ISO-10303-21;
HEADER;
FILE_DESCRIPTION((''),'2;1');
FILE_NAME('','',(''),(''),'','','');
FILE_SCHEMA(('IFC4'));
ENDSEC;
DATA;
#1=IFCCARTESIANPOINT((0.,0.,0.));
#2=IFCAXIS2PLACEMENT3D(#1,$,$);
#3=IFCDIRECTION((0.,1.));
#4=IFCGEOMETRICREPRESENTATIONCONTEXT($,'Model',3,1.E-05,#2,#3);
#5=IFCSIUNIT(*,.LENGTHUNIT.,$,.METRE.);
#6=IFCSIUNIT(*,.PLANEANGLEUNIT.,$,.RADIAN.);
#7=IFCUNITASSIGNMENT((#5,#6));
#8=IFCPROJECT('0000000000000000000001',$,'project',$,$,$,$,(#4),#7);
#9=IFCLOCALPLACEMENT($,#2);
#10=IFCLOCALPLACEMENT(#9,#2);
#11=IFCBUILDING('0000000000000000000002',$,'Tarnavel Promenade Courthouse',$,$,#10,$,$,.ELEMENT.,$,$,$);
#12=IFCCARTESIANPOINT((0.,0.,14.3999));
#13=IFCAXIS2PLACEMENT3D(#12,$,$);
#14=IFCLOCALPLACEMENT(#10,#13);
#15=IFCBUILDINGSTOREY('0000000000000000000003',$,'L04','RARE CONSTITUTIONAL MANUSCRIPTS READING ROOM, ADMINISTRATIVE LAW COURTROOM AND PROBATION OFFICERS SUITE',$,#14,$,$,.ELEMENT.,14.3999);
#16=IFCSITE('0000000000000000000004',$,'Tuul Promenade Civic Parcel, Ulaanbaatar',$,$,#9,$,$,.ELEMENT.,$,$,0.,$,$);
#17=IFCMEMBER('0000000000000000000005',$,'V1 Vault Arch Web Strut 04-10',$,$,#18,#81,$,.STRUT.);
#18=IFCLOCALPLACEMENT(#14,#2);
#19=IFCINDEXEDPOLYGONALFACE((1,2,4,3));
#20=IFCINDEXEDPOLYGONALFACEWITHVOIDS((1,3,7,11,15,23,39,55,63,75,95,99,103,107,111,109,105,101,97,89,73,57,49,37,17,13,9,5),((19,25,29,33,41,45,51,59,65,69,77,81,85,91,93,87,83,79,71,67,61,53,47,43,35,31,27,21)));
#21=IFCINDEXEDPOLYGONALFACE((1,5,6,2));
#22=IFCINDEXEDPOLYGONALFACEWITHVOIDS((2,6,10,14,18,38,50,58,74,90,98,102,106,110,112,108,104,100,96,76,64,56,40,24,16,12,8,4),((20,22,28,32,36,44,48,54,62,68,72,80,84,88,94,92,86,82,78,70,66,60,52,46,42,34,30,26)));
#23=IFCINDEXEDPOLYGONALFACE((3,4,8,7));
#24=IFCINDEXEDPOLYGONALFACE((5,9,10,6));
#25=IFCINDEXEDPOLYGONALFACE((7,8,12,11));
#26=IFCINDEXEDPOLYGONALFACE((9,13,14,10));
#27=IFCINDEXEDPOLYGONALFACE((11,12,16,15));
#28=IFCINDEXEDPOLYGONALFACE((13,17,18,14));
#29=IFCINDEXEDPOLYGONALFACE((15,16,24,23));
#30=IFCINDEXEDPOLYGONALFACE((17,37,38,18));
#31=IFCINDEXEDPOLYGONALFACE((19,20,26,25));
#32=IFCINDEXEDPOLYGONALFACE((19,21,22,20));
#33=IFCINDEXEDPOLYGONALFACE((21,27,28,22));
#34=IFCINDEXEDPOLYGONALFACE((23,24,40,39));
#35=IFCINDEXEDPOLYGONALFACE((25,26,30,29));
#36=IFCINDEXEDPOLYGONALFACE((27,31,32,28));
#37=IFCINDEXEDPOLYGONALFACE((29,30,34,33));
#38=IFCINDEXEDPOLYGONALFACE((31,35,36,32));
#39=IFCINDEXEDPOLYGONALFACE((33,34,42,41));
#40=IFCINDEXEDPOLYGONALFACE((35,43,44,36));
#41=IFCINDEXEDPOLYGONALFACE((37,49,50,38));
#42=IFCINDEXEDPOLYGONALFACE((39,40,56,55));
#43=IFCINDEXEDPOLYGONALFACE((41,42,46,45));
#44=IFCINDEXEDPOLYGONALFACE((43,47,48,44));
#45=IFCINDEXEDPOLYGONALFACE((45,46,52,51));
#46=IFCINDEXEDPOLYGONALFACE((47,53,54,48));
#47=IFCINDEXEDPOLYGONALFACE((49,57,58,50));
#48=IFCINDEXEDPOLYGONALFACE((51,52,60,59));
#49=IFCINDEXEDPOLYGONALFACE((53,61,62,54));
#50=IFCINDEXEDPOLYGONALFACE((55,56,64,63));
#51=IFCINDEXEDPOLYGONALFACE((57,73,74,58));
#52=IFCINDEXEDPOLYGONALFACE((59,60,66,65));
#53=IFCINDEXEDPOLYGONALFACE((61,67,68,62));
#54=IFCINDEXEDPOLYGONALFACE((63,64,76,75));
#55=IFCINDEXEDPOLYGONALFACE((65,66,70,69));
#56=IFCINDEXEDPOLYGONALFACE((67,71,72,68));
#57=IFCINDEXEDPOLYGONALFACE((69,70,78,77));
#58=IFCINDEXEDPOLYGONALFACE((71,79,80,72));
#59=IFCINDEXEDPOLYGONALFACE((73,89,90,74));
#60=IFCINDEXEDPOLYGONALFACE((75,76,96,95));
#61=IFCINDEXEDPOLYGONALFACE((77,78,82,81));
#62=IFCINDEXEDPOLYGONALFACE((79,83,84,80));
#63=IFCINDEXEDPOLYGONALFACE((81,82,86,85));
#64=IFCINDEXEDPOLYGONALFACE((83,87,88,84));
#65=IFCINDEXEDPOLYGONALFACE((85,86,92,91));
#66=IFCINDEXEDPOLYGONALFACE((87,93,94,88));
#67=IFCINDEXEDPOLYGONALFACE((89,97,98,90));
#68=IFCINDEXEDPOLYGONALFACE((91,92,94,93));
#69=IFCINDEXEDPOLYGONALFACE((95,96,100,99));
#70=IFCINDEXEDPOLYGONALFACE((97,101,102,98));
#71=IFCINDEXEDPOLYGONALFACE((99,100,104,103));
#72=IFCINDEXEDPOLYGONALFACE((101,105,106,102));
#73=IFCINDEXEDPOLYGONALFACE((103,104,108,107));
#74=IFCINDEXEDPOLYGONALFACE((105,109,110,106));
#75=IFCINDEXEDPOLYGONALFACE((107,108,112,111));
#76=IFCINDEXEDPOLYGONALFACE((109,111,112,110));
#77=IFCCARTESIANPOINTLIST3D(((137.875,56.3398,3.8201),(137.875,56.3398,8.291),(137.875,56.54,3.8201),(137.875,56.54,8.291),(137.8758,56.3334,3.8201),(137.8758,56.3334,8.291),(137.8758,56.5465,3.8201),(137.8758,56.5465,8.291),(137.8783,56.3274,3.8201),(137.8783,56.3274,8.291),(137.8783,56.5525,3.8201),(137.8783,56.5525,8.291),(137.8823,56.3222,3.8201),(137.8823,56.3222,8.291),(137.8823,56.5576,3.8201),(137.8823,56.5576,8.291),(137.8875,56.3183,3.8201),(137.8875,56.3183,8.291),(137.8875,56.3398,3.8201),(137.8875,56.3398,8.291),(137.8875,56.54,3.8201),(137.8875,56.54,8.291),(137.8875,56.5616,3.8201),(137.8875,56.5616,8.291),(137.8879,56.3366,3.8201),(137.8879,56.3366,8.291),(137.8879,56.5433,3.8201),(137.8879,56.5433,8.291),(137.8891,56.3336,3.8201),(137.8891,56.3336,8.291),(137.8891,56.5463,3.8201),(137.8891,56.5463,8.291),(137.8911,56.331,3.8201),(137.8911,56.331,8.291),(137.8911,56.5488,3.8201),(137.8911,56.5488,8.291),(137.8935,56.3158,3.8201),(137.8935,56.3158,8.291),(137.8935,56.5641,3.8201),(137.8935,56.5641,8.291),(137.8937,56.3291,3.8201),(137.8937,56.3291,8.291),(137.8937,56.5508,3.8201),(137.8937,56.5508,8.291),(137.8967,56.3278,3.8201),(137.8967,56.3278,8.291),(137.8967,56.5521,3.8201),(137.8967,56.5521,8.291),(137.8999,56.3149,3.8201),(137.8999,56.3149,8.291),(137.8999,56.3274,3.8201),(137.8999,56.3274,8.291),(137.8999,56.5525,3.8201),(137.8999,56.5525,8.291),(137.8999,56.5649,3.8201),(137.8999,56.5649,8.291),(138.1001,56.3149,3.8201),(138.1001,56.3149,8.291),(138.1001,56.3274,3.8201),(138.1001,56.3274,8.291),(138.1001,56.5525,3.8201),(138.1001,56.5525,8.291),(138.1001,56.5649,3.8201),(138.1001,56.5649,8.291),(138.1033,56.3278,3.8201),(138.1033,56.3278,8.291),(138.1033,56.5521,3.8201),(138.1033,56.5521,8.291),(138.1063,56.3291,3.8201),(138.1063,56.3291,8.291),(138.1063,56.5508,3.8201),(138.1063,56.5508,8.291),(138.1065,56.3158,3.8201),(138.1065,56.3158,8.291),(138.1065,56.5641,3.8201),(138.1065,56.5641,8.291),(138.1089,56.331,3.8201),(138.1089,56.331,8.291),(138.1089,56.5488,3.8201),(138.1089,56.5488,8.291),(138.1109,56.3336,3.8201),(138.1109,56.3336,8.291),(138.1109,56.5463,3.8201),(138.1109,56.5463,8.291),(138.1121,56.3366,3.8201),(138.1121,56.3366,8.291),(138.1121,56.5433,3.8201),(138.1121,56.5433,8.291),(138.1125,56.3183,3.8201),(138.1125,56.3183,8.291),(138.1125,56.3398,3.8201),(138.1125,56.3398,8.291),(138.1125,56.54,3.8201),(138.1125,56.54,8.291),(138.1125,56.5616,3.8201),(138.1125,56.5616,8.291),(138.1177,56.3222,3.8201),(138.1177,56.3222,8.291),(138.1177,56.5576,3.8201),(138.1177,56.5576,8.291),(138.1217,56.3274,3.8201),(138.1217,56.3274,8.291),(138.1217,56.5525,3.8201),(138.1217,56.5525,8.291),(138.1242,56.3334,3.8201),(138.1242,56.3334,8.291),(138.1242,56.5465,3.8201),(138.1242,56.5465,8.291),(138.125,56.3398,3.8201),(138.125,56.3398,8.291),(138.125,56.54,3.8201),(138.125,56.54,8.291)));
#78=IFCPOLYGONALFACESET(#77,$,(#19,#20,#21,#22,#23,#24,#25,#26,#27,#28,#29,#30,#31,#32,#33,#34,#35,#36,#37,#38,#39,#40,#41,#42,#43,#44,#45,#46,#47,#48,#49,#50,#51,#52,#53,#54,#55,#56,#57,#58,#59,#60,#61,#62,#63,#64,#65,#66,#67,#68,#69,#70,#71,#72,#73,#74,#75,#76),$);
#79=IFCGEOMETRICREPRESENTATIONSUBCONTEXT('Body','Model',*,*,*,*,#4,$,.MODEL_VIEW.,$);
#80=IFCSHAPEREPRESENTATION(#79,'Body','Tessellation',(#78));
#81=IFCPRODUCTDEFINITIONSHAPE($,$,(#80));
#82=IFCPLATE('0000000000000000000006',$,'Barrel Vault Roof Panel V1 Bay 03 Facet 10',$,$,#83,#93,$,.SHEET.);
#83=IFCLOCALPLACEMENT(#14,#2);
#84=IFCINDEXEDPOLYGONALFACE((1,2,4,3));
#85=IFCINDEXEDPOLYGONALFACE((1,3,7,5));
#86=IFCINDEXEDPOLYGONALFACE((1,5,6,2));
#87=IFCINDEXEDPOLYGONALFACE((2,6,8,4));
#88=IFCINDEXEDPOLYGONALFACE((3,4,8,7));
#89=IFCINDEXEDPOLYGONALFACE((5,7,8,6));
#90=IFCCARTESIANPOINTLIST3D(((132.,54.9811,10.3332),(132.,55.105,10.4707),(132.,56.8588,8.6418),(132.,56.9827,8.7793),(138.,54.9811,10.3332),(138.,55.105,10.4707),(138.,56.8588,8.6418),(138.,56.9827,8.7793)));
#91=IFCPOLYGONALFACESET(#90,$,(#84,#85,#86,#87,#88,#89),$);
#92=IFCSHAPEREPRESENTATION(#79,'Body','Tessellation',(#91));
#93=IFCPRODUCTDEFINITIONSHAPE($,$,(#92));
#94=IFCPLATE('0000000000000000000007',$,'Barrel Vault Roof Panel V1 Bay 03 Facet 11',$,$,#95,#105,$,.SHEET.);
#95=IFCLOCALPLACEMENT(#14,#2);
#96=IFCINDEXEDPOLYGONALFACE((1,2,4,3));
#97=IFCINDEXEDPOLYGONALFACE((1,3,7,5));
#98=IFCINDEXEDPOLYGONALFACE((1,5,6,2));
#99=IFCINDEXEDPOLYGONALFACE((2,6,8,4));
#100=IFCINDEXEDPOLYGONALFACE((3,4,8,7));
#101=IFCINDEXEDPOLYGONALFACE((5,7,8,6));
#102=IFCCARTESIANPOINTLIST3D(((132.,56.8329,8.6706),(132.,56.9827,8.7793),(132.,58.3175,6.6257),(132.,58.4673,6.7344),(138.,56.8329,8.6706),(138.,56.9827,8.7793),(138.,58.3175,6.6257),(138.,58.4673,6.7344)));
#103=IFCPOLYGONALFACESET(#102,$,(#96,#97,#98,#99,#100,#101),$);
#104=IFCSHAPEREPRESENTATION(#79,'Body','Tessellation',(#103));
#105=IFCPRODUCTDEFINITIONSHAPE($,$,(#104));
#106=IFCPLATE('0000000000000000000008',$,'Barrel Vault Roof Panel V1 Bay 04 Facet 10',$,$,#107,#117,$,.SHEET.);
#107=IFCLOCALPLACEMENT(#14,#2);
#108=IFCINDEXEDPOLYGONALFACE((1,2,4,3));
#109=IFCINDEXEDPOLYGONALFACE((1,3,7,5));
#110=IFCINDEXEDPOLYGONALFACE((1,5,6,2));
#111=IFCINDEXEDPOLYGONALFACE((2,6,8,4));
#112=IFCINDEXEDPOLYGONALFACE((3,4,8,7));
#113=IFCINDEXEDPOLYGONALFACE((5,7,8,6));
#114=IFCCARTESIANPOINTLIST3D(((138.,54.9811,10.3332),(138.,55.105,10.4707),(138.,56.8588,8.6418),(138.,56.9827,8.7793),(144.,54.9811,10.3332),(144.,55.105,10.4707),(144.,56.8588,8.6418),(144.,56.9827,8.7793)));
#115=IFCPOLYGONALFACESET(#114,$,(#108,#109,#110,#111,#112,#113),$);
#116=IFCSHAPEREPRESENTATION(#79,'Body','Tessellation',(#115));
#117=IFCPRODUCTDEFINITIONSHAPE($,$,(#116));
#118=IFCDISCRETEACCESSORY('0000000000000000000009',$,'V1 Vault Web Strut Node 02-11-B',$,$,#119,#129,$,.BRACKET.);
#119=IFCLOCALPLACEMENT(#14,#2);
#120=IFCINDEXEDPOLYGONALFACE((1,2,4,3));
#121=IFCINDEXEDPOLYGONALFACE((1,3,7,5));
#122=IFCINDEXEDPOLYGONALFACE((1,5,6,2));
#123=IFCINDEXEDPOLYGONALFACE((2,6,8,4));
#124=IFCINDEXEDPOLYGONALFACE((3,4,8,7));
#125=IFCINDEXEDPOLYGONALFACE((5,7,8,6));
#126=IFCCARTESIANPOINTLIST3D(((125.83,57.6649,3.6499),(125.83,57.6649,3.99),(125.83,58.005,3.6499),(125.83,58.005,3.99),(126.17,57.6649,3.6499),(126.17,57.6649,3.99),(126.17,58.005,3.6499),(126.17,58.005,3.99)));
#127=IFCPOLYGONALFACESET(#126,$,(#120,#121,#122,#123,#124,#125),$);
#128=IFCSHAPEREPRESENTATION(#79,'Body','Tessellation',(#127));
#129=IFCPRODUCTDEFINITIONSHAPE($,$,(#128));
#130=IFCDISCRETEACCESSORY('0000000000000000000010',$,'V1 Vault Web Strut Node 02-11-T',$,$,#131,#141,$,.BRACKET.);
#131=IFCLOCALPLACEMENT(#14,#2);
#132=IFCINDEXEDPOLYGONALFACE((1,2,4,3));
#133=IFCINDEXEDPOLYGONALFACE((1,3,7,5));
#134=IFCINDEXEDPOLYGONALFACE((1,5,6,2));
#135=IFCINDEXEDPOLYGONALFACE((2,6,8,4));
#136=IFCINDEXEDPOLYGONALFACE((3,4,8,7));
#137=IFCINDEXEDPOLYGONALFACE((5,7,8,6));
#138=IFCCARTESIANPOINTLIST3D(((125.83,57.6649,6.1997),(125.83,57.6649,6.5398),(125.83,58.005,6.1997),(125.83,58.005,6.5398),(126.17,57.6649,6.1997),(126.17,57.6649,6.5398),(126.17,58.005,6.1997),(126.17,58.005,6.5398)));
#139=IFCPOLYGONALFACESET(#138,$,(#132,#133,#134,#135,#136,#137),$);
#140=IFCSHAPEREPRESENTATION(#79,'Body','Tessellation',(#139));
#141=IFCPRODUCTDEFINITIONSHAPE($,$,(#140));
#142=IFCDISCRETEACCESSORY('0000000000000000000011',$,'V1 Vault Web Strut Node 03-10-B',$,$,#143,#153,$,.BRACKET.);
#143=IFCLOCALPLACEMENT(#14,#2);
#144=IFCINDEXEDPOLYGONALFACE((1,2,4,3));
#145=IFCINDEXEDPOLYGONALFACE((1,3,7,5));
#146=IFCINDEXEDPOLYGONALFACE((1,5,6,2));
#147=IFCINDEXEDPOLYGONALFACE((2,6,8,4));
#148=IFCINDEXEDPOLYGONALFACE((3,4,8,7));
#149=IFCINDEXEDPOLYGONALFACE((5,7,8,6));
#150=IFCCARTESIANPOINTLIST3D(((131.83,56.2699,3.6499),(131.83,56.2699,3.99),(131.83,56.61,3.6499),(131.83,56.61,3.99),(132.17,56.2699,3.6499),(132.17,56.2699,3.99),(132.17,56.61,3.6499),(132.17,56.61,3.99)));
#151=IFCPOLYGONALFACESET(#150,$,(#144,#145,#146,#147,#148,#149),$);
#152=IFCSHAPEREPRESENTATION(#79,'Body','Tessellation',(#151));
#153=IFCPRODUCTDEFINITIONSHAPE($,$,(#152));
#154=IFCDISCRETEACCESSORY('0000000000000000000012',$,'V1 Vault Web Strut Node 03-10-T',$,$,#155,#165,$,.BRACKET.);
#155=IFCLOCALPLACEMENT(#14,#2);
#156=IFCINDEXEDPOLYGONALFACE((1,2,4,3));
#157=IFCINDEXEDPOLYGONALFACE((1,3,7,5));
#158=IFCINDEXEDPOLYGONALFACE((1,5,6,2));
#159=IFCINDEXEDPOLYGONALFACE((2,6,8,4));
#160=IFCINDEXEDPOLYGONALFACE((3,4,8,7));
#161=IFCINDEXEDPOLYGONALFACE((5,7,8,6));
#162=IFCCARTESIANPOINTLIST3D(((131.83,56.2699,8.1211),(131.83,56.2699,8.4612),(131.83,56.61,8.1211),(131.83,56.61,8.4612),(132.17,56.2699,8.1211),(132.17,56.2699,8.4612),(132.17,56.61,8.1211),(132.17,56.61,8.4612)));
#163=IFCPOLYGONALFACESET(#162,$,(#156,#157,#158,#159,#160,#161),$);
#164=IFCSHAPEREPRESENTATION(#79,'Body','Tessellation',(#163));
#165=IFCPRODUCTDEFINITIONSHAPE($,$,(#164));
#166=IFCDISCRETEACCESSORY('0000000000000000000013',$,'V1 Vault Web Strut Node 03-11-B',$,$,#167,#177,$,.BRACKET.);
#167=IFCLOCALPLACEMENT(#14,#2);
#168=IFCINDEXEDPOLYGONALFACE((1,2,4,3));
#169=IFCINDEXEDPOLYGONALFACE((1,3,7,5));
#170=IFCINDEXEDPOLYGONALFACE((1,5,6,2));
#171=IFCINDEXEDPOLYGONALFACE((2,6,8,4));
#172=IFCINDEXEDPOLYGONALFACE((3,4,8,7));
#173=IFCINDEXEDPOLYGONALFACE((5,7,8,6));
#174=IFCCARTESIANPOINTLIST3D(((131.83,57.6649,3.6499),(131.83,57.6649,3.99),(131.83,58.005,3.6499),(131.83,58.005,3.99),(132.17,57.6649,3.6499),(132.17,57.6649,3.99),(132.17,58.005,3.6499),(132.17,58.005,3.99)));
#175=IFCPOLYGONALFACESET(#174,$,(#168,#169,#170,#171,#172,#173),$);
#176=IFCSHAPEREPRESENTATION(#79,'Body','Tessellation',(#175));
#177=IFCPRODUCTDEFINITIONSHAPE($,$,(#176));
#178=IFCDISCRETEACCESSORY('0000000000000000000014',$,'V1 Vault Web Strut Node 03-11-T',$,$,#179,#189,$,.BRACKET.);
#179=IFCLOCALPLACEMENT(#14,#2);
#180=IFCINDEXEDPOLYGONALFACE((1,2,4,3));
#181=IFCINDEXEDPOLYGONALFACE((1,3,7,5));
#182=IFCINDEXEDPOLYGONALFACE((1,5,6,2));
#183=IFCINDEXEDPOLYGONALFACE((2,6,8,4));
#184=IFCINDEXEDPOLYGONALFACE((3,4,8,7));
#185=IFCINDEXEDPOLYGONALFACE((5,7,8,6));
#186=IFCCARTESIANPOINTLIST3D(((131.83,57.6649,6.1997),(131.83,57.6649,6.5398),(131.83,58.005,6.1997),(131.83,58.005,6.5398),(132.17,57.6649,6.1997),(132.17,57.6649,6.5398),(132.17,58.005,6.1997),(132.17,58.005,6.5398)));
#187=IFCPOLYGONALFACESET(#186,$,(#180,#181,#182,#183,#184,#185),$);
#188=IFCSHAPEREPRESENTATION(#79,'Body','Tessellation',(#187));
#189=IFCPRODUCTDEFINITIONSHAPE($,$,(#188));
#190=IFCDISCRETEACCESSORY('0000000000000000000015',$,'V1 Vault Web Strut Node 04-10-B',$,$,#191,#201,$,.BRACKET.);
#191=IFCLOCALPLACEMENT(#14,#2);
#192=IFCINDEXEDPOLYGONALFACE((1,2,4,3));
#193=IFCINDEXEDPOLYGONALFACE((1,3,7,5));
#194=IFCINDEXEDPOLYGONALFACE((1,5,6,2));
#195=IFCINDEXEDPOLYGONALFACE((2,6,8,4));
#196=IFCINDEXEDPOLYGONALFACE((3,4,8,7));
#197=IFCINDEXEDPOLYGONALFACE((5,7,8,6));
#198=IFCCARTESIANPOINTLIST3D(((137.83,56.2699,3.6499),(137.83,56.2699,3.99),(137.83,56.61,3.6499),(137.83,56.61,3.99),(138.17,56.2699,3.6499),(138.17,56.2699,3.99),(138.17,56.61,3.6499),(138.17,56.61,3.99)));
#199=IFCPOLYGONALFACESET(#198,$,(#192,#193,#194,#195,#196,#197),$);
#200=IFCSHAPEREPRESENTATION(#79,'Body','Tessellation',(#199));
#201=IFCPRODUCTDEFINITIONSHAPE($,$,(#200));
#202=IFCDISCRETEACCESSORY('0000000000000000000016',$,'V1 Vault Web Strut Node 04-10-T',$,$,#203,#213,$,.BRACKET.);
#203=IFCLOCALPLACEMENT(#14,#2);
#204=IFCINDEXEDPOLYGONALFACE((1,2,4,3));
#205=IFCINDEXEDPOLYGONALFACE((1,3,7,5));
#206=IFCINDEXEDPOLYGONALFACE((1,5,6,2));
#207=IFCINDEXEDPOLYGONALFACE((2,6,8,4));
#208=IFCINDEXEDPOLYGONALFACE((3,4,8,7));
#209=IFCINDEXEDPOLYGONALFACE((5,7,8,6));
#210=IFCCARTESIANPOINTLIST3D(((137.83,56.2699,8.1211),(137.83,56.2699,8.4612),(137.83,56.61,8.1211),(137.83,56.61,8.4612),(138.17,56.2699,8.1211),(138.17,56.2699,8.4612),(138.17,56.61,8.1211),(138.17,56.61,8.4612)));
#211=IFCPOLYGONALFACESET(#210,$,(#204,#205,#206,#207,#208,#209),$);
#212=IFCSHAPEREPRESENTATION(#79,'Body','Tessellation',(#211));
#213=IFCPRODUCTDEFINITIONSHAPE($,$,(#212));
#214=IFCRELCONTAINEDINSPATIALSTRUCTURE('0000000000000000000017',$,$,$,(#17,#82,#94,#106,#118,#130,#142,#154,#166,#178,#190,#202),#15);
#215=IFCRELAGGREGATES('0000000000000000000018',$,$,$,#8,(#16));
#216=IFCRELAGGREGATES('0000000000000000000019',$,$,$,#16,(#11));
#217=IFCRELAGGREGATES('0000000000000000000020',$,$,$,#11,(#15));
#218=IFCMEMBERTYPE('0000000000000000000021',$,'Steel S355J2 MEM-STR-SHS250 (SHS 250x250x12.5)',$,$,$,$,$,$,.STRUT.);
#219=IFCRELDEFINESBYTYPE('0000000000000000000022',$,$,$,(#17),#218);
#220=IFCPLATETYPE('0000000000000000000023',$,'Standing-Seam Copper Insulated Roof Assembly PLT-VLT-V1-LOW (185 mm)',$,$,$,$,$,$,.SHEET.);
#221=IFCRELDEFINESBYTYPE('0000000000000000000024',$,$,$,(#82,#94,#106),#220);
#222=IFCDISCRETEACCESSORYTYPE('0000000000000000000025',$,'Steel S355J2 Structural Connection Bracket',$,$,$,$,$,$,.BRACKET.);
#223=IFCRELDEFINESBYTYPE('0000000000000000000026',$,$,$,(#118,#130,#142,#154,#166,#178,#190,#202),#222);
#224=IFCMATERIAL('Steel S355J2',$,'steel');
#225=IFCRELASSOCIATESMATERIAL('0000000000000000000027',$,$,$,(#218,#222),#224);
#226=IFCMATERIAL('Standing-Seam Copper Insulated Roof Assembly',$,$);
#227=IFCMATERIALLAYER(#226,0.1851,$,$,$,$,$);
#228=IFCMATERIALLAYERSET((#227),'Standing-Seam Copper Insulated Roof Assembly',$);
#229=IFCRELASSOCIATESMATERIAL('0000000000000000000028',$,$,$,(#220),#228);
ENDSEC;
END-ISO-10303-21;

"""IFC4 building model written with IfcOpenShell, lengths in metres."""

from ifc_helpers import new_model, si_unit, direction, frame, origin, origin_2d, place, context, subcontext, project, spatial, polyline, rectangle, hollow_rectangle, outline, extrude, material, layer, layer_set, material_profile, profile_set, type_object, element, save


model = new_model("IFC4")

# Units and contexts
model_context = context("Model", 3, precision=1e-05, world=origin(), true_north=direction((0.0, 1.0)))
body_context = subcontext(model_context, "Body", "Model", "MODEL_VIEW")
ifc_project = project(units=[si_unit("LENGTHUNIT", "METRE"), si_unit("PLANEANGLEUNIT", "RADIAN")], contexts=[model_context])

# Site, building, storey
site_placement = place(None, origin())
site = spatial("IfcSite", under=ifc_project, at=site_placement, Name="Tuul Promenade Civic Parcel, Ulaanbaatar", CompositionType="ELEMENT", RefElevation=0.0)
building_placement = place(site_placement, origin())
building = spatial("IfcBuilding", under=site, at=building_placement, Name="Tarnavel Promenade Courthouse", CompositionType="ELEMENT")
storey_placement = place(building_placement, frame((0.0, 0.0, 14.3999)))
storey = spatial("IfcBuildingStorey", under=building, at=storey_placement, Name="L04", Description="RARE CONSTITUTIONAL MANUSCRIPTS READING ROOM, ADMINISTRATIVE LAW COURTROOM AND PROBATION OFFICERS SUITE", CompositionType="ELEMENT", Elevation=14.3999)

# Shared definitions
ifc_material_1 = material(Name="Steel S355J2", Category="steel")

# Member
ifc_material_profile_1 = material_profile(ifc_material_1, hollow_rectangle(XDim=0.25, YDim=0.25, WallThickness=0.0125, InnerFilletRadius=0.0125, OuterFilletRadius=0.0249, at=origin_2d()), Name="SHS 250x250x12.5")
ifc_profile_set_1 = profile_set([ifc_material_profile_1], Name="Steel S355J2")
member_type_1 = type_object("IfcMemberType", Name="Steel S355J2 MEM-STR-SHS250 (SHS 250x250x12.5)", PredefinedType="STRUT", material=ifc_profile_set_1)
member_1_placement = place(storey_placement, frame((138.0, 56.4399, 3.8201), z_axis=(0.0, 0.0, 1.0), x_axis=(1.0, 0.0, 0.0)))
element("IfcMember", 1, at=member_1_placement, inside=storey, type_object=member_type_1, Name="V1 Vault Arch Web Strut 04-10", PredefinedType="STRUT", context=body_context, shape_type="SweptSolid", body=[
    extrude(hollow_rectangle(XDim=0.25, YDim=0.25, WallThickness=0.0125, InnerFilletRadius=0.0125, OuterFilletRadius=0.0249, at=origin_2d()), origin(), (0.0, 0.0, 1.0), 4.4709),
])

# Plates
ifc_material_2 = material(Name="Standing-Seam Copper Insulated Roof Assembly")
ifc_layer = layer(ifc_material_2, 0.1851)
ifc_layer_set = layer_set([ifc_layer], Name="Standing-Seam Copper Insulated Roof Assembly")
plate_type = type_object("IfcPlateType", Name="Standing-Seam Copper Insulated Roof Assembly PLT-VLT-V1-LOW (185 mm)", PredefinedType="SHEET", material=ifc_layer_set)
plate_1_placement = place(storey_placement, frame((132.0, 55.105, 10.4707), z_axis=(0.0, 0.66929, 0.743001), x_axis=(1.0, 0.0, 0.0)))
element("IfcPlate", 2, at=plate_1_placement, inside=storey, type_object=plate_type, Name="Barrel Vault Roof Panel V1 Bay 03 Facet 10", PredefinedType="SHEET", context=body_context, shape_type="SweptSolid", body=[
    extrude(outline(polyline([(0.0, 0.0), (6.0, 0.0), (6.0, 2.5272), (0.0, 2.5272), (0.0, 0.0)])), origin(), (0.0, 0.0, -1.0), 0.1851),
])
plate_2_placement = place(storey_placement, frame((132.0, 56.9827, 8.7793), z_axis=(0.0, 0.809225, 0.587499), x_axis=(1.0, 0.0, 0.0)))
element("IfcPlate", 3, at=plate_2_placement, inside=storey, type_object=plate_type, Name="Barrel Vault Roof Panel V1 Bay 03 Facet 11", PredefinedType="SHEET", context=body_context, shape_type="SweptSolid", body=[
    extrude(outline(polyline([(0.0, 0.0), (6.0, 0.0), (6.0, 2.527), (0.0, 2.527), (0.0, 0.0)])), origin(), (0.0, 0.0, -1.0), 0.1851),
])
plate_3_placement = place(storey_placement, frame((138.0, 55.105, 10.4707), z_axis=(0.0, 0.66929, 0.743001), x_axis=(1.0, 0.0, 0.0)))
element("IfcPlate", 4, at=plate_3_placement, inside=storey, type_object=plate_type, Name="Barrel Vault Roof Panel V1 Bay 04 Facet 10", PredefinedType="SHEET", context=body_context, shape_type="SweptSolid", body=[
    extrude(outline(polyline([(0.0, 0.0), (6.0, 0.0), (6.0, 2.5272), (0.0, 2.5272), (0.0, 0.0)])), origin(), (0.0, 0.0, -1.0), 0.1851),
])

# Discrete accessories
discrete_accessory_type = type_object("IfcDiscreteAccessoryType", Name="Steel S355J2 Structural Connection Bracket", PredefinedType="BRACKET", material=ifc_material_1)
for number, where, z_axis, x_axis, name in (
    (5, (126.0, 57.835, 3.6499), (0.0, 0.0, 1.0), (1.0, 0.0, 0.0), "V1 Vault Web Strut Node 02-11-B"),
    (6, (126.0, 57.835, 6.1997), (0.0, 0.0, 1.0), (1.0, 0.0, 0.0), "V1 Vault Web Strut Node 02-11-T"),
    (7, (132.0, 56.4399, 3.6499), (0.0, 0.0, 1.0), (1.0, 0.0, 0.0), "V1 Vault Web Strut Node 03-10-B"),
    (8, (132.0, 56.4399, 8.1211), (0.0, 0.0, 1.0), (1.0, 0.0, 0.0), "V1 Vault Web Strut Node 03-10-T"),
    (9, (132.0, 57.835, 3.6499), (0.0, 0.0, 1.0), (1.0, 0.0, 0.0), "V1 Vault Web Strut Node 03-11-B"),
    (10, (132.0, 57.835, 6.1997), (0.0, 0.0, 1.0), (1.0, 0.0, 0.0), "V1 Vault Web Strut Node 03-11-T"),
    (11, (138.0, 56.4399, 3.6499), (0.0, 0.0, 1.0), (1.0, 0.0, 0.0), "V1 Vault Web Strut Node 04-10-B"),
    (12, (138.0, 56.4399, 8.1211), (0.0, 0.0, 1.0), (1.0, 0.0, 0.0), "V1 Vault Web Strut Node 04-10-T"),
):
    element("IfcDiscreteAccessory", number, at=place(storey_placement, frame(where, z_axis=z_axis, x_axis=x_axis)), inside=storey, type_object=discrete_accessory_type, Name=name, PredefinedType="BRACKET", context=body_context, shape_type="SweptSolid", body=[
        extrude(rectangle(XDim=0.3401, YDim=0.3401, at=origin_2d()), origin(), (0.0, 0.0, 1.0), 0.3401),
    ])

save(model, "model.ifc")
